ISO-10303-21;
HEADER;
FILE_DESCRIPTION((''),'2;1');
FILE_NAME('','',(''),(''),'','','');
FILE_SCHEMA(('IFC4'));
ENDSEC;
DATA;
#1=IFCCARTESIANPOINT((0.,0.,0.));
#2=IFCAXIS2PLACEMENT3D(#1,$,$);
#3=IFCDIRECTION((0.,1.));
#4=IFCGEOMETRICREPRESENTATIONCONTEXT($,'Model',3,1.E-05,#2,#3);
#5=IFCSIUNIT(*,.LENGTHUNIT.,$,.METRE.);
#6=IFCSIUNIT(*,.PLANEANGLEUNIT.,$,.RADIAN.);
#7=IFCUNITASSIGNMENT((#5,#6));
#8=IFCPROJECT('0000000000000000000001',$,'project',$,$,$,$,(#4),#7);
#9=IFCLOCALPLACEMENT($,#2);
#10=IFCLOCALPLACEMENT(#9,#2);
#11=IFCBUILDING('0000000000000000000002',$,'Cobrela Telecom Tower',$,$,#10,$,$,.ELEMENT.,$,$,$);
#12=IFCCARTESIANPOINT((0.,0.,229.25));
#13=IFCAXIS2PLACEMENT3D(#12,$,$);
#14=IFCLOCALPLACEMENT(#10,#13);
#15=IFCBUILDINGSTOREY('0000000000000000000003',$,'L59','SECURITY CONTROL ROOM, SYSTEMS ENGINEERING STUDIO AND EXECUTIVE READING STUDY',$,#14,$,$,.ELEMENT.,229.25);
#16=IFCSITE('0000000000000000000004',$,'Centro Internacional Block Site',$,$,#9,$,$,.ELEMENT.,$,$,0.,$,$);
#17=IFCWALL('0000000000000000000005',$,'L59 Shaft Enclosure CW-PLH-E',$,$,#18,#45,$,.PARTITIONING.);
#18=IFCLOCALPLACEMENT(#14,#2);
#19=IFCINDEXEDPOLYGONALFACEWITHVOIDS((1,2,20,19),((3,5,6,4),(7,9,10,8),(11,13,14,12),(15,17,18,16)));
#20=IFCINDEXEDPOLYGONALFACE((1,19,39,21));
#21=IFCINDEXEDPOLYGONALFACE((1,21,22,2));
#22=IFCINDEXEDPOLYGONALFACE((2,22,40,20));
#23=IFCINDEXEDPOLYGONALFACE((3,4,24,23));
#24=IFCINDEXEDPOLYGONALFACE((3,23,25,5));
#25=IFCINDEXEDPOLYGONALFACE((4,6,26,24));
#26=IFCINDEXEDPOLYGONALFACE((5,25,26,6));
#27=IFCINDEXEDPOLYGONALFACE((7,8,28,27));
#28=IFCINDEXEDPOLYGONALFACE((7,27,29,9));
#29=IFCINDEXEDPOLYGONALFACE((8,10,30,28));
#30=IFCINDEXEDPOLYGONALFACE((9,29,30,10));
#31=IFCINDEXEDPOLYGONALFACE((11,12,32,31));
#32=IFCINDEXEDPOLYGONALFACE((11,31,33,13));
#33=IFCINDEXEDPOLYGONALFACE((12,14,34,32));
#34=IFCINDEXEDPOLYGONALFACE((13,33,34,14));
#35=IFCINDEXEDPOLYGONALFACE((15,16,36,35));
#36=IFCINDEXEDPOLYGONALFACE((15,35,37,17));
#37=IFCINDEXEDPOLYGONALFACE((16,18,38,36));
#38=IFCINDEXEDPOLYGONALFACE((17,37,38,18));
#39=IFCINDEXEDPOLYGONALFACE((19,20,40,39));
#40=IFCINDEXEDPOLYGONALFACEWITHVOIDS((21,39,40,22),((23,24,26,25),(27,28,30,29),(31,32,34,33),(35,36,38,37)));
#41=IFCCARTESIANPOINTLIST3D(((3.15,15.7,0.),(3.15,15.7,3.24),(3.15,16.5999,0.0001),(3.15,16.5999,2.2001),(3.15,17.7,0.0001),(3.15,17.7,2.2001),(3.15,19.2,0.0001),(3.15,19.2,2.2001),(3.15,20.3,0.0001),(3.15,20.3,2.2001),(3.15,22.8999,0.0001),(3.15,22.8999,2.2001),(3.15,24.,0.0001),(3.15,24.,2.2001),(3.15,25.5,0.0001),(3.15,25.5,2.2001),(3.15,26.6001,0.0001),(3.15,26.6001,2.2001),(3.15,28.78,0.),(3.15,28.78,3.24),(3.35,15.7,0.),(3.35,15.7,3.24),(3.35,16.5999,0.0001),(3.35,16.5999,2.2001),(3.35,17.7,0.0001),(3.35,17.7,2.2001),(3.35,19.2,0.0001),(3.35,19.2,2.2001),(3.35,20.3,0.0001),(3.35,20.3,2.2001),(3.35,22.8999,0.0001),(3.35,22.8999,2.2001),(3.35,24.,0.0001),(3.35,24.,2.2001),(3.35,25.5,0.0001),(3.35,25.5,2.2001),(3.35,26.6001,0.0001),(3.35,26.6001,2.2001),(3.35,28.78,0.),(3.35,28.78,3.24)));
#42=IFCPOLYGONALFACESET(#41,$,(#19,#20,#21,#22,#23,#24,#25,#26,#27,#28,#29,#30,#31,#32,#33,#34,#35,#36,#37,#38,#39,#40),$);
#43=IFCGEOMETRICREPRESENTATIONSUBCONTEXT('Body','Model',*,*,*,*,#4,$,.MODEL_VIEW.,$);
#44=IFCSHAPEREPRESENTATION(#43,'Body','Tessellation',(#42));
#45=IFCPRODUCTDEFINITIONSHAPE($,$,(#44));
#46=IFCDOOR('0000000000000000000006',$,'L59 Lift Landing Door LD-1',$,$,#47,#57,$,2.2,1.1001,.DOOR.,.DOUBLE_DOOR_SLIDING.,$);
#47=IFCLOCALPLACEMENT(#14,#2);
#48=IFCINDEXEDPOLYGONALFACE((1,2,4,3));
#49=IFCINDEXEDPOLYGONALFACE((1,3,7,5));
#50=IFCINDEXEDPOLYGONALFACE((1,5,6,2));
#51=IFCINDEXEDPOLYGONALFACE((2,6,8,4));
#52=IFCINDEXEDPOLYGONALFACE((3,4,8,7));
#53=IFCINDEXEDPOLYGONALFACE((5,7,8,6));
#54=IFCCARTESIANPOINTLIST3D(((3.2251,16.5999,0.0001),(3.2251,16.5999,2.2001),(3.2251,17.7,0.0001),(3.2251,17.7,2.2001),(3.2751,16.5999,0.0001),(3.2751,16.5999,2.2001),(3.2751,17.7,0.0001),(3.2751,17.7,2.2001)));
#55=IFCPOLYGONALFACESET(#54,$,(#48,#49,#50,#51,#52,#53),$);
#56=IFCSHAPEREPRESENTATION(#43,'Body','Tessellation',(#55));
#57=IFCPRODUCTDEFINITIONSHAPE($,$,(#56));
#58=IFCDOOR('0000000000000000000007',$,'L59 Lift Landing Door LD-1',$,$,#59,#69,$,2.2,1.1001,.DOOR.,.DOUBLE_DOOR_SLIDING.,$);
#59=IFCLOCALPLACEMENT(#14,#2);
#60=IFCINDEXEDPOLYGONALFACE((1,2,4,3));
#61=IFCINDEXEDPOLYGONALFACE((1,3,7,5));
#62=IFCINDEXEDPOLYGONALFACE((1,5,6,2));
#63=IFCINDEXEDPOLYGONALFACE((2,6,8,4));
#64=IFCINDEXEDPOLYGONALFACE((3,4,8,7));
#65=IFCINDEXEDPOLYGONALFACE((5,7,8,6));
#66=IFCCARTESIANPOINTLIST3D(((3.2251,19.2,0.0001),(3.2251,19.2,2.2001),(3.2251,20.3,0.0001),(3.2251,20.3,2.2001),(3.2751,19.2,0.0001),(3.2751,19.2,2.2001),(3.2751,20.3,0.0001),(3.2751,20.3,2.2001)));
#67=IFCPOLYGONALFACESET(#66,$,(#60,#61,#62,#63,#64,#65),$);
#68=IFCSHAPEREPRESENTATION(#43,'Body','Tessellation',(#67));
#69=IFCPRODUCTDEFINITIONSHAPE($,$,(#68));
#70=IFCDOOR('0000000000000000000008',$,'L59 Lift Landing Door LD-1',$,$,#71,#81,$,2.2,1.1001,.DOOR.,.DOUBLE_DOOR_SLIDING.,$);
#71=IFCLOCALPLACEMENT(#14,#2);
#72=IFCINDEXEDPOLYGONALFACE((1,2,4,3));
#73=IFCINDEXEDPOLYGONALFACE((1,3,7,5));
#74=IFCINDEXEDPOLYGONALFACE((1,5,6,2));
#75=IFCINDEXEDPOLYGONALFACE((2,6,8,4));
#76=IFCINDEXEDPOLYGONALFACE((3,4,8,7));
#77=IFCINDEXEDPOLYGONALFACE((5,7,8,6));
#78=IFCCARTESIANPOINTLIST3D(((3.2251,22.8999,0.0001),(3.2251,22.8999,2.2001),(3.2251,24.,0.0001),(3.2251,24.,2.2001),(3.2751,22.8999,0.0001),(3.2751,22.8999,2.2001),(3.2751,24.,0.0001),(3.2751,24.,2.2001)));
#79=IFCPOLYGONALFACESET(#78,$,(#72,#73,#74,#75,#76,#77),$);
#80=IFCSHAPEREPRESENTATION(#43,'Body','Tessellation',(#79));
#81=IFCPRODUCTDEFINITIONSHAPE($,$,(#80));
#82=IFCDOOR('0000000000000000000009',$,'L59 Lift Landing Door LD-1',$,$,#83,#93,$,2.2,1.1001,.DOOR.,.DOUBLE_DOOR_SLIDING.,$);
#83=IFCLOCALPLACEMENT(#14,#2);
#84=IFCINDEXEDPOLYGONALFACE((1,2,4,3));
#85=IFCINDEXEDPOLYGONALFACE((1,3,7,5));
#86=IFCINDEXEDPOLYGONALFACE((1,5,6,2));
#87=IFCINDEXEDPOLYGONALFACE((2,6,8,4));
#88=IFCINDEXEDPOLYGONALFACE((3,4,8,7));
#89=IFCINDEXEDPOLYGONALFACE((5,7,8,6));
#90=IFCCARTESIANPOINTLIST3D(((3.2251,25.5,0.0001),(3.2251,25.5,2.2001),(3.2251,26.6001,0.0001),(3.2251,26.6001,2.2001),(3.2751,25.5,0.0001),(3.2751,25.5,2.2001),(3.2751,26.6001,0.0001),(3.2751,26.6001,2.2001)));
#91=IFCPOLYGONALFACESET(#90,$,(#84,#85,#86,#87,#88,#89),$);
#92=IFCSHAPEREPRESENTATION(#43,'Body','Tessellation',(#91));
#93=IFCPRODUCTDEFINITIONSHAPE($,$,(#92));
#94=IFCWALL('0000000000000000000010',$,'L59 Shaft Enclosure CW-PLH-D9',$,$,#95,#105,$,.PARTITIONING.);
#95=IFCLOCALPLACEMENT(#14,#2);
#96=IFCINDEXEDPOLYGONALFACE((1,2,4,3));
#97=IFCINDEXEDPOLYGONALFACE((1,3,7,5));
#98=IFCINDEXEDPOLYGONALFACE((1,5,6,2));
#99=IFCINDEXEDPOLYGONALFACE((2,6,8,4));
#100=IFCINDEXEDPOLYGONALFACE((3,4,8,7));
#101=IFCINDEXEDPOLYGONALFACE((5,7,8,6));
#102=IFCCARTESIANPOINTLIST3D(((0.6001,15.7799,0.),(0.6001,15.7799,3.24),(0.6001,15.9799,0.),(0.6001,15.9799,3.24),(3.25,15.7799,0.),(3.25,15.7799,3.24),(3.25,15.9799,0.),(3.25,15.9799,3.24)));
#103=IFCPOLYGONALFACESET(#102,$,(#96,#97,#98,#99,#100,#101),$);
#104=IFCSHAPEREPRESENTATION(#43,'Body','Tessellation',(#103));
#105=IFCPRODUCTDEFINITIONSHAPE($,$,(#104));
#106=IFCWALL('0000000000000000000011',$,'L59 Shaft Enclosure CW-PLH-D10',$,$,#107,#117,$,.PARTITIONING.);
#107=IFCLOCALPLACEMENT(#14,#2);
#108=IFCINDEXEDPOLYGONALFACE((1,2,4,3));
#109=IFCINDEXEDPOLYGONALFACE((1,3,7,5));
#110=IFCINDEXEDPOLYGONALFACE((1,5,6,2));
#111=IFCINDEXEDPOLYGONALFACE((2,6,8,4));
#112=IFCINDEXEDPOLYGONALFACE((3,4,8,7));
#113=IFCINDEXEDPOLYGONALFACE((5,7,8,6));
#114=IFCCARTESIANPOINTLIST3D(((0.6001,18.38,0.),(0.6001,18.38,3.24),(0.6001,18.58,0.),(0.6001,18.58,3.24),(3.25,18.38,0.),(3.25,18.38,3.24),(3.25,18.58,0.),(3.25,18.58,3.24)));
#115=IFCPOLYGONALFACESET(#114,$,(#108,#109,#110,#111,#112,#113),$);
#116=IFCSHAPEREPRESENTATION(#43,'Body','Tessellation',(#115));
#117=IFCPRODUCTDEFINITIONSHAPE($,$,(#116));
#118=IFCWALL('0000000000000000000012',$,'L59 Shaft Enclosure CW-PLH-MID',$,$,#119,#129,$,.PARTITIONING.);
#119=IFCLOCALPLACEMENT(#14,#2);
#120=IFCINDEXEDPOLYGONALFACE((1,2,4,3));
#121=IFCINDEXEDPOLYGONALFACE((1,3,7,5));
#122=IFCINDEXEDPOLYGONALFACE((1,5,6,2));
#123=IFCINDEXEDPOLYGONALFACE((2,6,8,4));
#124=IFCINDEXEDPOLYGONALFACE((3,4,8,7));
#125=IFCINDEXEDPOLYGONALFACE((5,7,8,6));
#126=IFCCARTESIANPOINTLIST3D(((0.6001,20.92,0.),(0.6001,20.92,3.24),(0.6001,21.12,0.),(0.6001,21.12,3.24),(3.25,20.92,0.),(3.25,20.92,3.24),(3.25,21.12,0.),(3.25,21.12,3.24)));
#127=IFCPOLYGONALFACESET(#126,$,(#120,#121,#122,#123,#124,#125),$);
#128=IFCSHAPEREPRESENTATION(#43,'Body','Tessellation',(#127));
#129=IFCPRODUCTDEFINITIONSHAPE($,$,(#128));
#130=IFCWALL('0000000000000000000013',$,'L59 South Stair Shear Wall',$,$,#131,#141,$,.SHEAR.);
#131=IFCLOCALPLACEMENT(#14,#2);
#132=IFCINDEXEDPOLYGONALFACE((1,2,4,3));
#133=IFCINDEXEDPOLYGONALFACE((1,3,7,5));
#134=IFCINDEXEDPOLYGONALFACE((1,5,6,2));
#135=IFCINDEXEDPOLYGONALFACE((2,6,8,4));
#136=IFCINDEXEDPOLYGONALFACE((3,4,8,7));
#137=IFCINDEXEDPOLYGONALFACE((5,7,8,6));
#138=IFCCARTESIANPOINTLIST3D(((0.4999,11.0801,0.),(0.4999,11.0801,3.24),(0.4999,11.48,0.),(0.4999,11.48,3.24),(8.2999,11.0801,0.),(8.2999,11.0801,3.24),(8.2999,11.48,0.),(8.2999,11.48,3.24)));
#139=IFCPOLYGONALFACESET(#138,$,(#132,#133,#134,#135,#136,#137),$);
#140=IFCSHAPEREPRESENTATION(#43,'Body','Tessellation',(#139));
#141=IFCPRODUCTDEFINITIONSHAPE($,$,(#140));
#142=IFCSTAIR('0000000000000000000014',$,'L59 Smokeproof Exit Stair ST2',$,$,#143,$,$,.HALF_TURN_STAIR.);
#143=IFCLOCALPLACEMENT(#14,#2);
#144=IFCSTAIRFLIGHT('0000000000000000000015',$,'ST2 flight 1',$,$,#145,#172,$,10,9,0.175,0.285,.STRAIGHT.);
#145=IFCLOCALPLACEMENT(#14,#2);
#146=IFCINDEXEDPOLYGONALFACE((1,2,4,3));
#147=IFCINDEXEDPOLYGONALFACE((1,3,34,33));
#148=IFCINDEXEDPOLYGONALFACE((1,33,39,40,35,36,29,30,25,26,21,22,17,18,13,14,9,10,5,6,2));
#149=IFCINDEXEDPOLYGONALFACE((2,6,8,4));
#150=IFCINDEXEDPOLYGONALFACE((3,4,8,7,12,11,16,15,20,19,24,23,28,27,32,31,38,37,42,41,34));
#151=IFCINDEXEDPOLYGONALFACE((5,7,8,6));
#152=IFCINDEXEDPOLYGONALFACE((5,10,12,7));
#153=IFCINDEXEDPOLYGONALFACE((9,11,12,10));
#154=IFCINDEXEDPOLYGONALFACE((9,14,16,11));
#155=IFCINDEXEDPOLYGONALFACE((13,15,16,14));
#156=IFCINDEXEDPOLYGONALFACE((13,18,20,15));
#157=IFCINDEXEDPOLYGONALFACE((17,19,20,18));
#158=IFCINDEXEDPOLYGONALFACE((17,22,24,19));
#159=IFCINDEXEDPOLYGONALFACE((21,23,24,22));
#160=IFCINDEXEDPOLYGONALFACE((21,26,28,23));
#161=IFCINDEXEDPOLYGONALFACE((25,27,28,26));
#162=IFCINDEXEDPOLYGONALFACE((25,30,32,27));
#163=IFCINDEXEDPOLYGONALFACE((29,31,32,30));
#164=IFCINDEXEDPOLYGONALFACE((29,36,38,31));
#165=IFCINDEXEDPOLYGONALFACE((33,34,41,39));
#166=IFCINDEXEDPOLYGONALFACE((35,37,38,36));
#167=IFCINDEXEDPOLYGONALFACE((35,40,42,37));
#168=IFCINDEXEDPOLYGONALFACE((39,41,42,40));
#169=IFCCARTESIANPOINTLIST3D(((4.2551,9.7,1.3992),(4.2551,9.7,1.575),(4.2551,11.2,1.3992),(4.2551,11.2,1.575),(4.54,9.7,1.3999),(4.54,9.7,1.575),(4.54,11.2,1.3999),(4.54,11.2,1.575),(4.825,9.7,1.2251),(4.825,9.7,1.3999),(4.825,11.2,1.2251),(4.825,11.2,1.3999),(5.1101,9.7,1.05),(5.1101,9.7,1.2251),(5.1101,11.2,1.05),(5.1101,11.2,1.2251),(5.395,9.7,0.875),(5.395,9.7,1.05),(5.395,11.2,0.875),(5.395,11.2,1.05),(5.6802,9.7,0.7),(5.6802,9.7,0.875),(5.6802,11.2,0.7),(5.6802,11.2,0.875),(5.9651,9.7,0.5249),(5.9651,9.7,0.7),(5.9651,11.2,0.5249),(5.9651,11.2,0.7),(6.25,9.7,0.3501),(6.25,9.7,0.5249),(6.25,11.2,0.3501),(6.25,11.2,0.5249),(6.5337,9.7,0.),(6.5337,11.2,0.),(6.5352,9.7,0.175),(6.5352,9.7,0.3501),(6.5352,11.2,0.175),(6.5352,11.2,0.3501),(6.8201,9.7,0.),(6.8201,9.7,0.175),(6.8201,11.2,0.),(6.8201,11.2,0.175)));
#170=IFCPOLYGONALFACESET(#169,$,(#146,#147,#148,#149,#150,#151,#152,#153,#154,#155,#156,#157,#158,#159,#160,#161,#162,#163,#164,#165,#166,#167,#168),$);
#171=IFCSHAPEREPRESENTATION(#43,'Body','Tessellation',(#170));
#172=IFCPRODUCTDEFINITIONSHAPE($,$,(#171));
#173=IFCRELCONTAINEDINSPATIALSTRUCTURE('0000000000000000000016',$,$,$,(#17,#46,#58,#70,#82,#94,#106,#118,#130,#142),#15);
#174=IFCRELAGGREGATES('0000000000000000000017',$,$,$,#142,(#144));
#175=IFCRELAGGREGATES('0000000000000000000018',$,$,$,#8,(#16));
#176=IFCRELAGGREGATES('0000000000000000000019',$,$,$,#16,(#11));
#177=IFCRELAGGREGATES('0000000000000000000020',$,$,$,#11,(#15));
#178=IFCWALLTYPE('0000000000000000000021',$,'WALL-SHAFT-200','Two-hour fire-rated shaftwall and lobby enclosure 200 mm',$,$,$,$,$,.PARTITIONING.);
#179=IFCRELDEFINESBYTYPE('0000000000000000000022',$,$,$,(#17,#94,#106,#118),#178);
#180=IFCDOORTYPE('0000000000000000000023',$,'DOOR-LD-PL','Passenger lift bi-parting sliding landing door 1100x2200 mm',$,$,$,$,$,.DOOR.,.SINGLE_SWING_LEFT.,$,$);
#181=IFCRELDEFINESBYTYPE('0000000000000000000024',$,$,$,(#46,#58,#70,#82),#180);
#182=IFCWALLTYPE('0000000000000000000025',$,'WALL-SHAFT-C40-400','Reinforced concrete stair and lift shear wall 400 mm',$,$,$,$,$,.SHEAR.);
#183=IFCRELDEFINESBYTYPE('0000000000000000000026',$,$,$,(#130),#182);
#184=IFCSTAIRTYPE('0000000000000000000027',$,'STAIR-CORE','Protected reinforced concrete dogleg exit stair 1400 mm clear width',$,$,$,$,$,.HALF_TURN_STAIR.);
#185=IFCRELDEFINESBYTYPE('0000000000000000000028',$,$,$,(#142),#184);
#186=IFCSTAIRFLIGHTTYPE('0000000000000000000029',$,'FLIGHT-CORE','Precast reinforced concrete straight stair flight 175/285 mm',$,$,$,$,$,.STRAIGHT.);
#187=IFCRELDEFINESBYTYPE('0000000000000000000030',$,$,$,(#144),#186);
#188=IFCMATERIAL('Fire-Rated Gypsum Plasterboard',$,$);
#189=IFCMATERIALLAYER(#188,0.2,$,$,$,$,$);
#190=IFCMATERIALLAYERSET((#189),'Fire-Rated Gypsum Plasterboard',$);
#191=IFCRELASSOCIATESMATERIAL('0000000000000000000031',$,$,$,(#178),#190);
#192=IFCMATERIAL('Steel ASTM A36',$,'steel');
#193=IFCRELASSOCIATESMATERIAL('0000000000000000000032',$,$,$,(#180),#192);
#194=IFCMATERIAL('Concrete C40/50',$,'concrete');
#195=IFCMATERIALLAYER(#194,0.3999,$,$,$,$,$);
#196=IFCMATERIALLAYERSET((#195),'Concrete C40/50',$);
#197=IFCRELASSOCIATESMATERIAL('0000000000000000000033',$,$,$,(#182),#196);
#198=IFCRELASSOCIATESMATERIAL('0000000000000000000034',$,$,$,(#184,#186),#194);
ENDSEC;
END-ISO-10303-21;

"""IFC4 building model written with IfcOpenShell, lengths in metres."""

from ifc_helpers import new_model, si_unit, direction, frame, frame_2d, origin, place, context, subcontext, project, spatial, polyline, rectangle, outline, extrude, material, layer, layer_set, type_object, element, fill, aggregate, save


model = new_model("IFC4")

# Units and contexts
model_context = context("Model", 3, precision=1e-05, world=origin(), true_north=direction((0.0, 1.0)))
body_context = subcontext(model_context, "Body", "Model", "MODEL_VIEW")
ifc_project = project(units=[si_unit("LENGTHUNIT", "METRE"), si_unit("PLANEANGLEUNIT", "RADIAN")], contexts=[model_context])

# Site, building, storey
site_placement = place(None, origin())
site = spatial("IfcSite", under=ifc_project, at=site_placement, Name="Centro Internacional Block Site", CompositionType="ELEMENT", RefElevation=0.0)
building_placement = place(site_placement, origin())
building = spatial("IfcBuilding", under=site, at=building_placement, Name="Cobrela Telecom Tower", CompositionType="ELEMENT")
storey_placement = place(building_placement, frame((0.0, 0.0, 229.25)))
storey = spatial("IfcBuildingStorey", under=building, at=storey_placement, Name="L59", Description="SECURITY CONTROL ROOM, SYSTEMS ENGINEERING STUDIO AND EXECUTIVE READING STUDY", CompositionType="ELEMENT", Elevation=229.25)

# Shared definitions
ifc_material_1 = material(Name="Fire-Rated Gypsum Plasterboard")

# Wall, openings, doors
ifc_layer_1 = layer(ifc_material_1, 0.2)
ifc_layer_set_1 = layer_set([ifc_layer_1], Name="Fire-Rated Gypsum Plasterboard")
wall_type_1 = type_object("IfcWallType", Name="WALL-SHAFT-200", Description="Two-hour fire-rated shaftwall and lobby enclosure 200 mm", PredefinedType="PARTITIONING", material=ifc_layer_set_1)
wall_1_placement = place(storey_placement, frame((3.25, 15.7, 0.0), z_axis=(0.0, 0.0, 1.0), x_axis=(0.0, 1.0, 0.0)))
wall_1 = element("IfcWall", 1, at=wall_1_placement, inside=storey, type_object=wall_type_1, Name="L59 Shaft Enclosure CW-PLH-E", PredefinedType="PARTITIONING", context=body_context, shape_type="SweptSolid", body=[
    extrude(rectangle(XDim=13.0801, YDim=0.2, at=frame_2d((6.54, 0.0))), origin(), (0.0, 0.0, 1.0), 3.24),
])
opening_1_placement = place(wall_1_placement, frame((0.8999, 0.0, 0.0)))
opening_1 = element("IfcOpeningElement", 2, at=opening_1_placement, cuts=wall_1, PredefinedType="OPENING", context=body_context, shape_type="SweptSolid", body=[
    extrude(rectangle(XDim=1.1001, YDim=2.2, at=frame_2d((0.55, 1.1001))), frame((0.0, 0.1118, 0.0), z_axis=(0.0, -1.0, 0.0), x_axis=(1.0, 0.0, 0.0)), (0.0, 0.0, 1.0), 0.2239),
])
opening_2_placement = place(wall_1_placement, frame((3.5, 0.0, 0.0)))
opening_2 = element("IfcOpeningElement", 3, at=opening_2_placement, cuts=wall_1, PredefinedType="OPENING", context=body_context, shape_type="SweptSolid", body=[
    extrude(rectangle(XDim=1.1001, YDim=2.2, at=frame_2d((0.55, 1.1001))), frame((0.0, 0.1118, 0.0), z_axis=(0.0, -1.0, 0.0), x_axis=(1.0, 0.0, 0.0)), (0.0, 0.0, 1.0), 0.2239),
])
opening_3_placement = place(wall_1_placement, frame((7.2, 0.0, 0.0)))
opening_3 = element("IfcOpeningElement", 4, at=opening_3_placement, cuts=wall_1, PredefinedType="OPENING", context=body_context, shape_type="SweptSolid", body=[
    extrude(rectangle(XDim=1.1001, YDim=2.2, at=frame_2d((0.55, 1.1001))), frame((0.0, 0.1118, 0.0), z_axis=(0.0, -1.0, 0.0), x_axis=(1.0, 0.0, 0.0)), (0.0, 0.0, 1.0), 0.2239),
])
opening_4_placement = place(wall_1_placement, frame((9.8, 0.0, 0.0)))
opening_4 = element("IfcOpeningElement", 5, at=opening_4_placement, cuts=wall_1, PredefinedType="OPENING", context=body_context, shape_type="SweptSolid", body=[
    extrude(rectangle(XDim=1.1001, YDim=2.2, at=frame_2d((0.55, 1.1001))), frame((0.0, 0.1118, 0.0), z_axis=(0.0, -1.0, 0.0), x_axis=(1.0, 0.0, 0.0)), (0.0, 0.0, 1.0), 0.2239),
])
ifc_material_2 = material(Name="Steel ASTM A36", Category="steel")
door_type_1 = type_object("IfcDoorType", Name="DOOR-LD-PL", Description="Passenger lift bi-parting sliding landing door 1100x2200 mm", OperationType="SINGLE_SWING_LEFT", PredefinedType="DOOR", material=ifc_material_2)
door_1_placement = place(opening_1_placement, origin())
door_1 = element("IfcDoor", 6, at=door_1_placement, inside=storey, type_object=door_type_1, Name="L59 Lift Landing Door LD-1", OperationType="DOUBLE_DOOR_SLIDING", OverallHeight=2.2, OverallWidth=1.1001, PredefinedType="DOOR", context=body_context, shape_type="SweptSolid", body=[
    extrude(rectangle(XDim=1.1001, YDim=2.2, at=frame_2d((0.55, 1.1001))), frame((0.0, 0.0249, 0.0), z_axis=(0.0, -1.0, 0.0), x_axis=(1.0, 0.0, 0.0)), (0.0, 0.0, 1.0), 0.05),
])
fill(opening_1, door_1)
door_2_placement = place(opening_2_placement, origin())
door_2 = element("IfcDoor", 7, at=door_2_placement, inside=storey, type_object=door_type_1, Name="L59 Lift Landing Door LD-1", OperationType="DOUBLE_DOOR_SLIDING", OverallHeight=2.2, OverallWidth=1.1001, PredefinedType="DOOR", context=body_context, shape_type="SweptSolid", body=[
    extrude(rectangle(XDim=1.1001, YDim=2.2, at=frame_2d((0.55, 1.1001))), frame((0.0, 0.0249, 0.0), z_axis=(0.0, -1.0, 0.0), x_axis=(1.0, 0.0, 0.0)), (0.0, 0.0, 1.0), 0.05),
])
fill(opening_2, door_2)
door_3_placement = place(opening_3_placement, origin())
door_3 = element("IfcDoor", 8, at=door_3_placement, inside=storey, type_object=door_type_1, Name="L59 Lift Landing Door LD-1", OperationType="DOUBLE_DOOR_SLIDING", OverallHeight=2.2, OverallWidth=1.1001, PredefinedType="DOOR", context=body_context, shape_type="SweptSolid", body=[
    extrude(rectangle(XDim=1.1001, YDim=2.2, at=frame_2d((0.55, 1.1001))), frame((0.0, 0.0249, 0.0), z_axis=(0.0, -1.0, 0.0), x_axis=(1.0, 0.0, 0.0)), (0.0, 0.0, 1.0), 0.05),
])
fill(opening_3, door_3)
door_4_placement = place(opening_4_placement, origin())
door_4 = element("IfcDoor", 9, at=door_4_placement, inside=storey, type_object=door_type_1, Name="L59 Lift Landing Door LD-1", OperationType="DOUBLE_DOOR_SLIDING", OverallHeight=2.2, OverallWidth=1.1001, PredefinedType="DOOR", context=body_context, shape_type="SweptSolid", body=[
    extrude(rectangle(XDim=1.1001, YDim=2.2, at=frame_2d((0.55, 1.1001))), frame((0.0, 0.0249, 0.0), z_axis=(0.0, -1.0, 0.0), x_axis=(1.0, 0.0, 0.0)), (0.0, 0.0, 1.0), 0.05),
])
fill(opening_4, door_4)

# Walls
for number, where, z_axis, x_axis, name in (
    (10, (0.6001, 15.8799, 0.0), (0.0, 0.0, 1.0), (1.0, 0.0, 0.0), "L59 Shaft Enclosure CW-PLH-D9"),
    (11, (0.6001, 18.48, 0.0), (0.0, 0.0, 1.0), (1.0, 0.0, 0.0), "L59 Shaft Enclosure CW-PLH-D10"),
    (12, (0.6001, 21.02, 0.0), (0.0, 0.0, 1.0), (1.0, 0.0, 0.0), "L59 Shaft Enclosure CW-PLH-MID"),
):
    element("IfcWall", number, at=place(storey_placement, frame(where, z_axis=z_axis, x_axis=x_axis)), inside=storey, type_object=wall_type_1, Name=name, PredefinedType="PARTITIONING", context=body_context, shape_type="SweptSolid", body=[
        extrude(rectangle(XDim=2.6499, YDim=0.2, at=frame_2d((1.325, 0.0))), origin(), (0.0, 0.0, 1.0), 3.24),
    ])
ifc_material_3 = material(Name="Concrete C40/50", Category="concrete")
ifc_layer_2 = layer(ifc_material_3, 0.3999)
ifc_layer_set_2 = layer_set([ifc_layer_2], Name="Concrete C40/50")
wall_type_2 = type_object("IfcWallType", Name="WALL-SHAFT-C40-400", Description="Reinforced concrete stair and lift shear wall 400 mm", PredefinedType="SHEAR", material=ifc_layer_set_2)
wall_2_placement = place(storey_placement, frame((0.5, 11.28, 0.0), z_axis=(0.0, 0.0, 1.0), x_axis=(1.0, 0.0, 0.0)))
element("IfcWall", 13, at=wall_2_placement, inside=storey, type_object=wall_type_2, Name="L59 South Stair Shear Wall", PredefinedType="SHEAR", context=body_context, shape_type="SweptSolid", body=[
    extrude(rectangle(XDim=7.8, YDim=0.3999, at=frame_2d((3.8999, 0.0))), origin(), (0.0, 0.0, 1.0), 3.24),
])

# Stair, stair flight
stair_type = type_object("IfcStairType", Name="STAIR-CORE", Description="Protected reinforced concrete dogleg exit stair 1400 mm clear width", PredefinedType="HALF_TURN_STAIR", material=ifc_material_3)
stair_placement = place(storey_placement, origin())
stair = element("IfcStair", 14, at=stair_placement, inside=storey, type_object=stair_type, Name="L59 Smokeproof Exit Stair ST2", PredefinedType="HALF_TURN_STAIR")
stair_flight_type = type_object("IfcStairFlightType", Name="FLIGHT-CORE", Description="Precast reinforced concrete straight stair flight 175/285 mm", PredefinedType="STRAIGHT", material=ifc_material_3)
stair_flight_1_placement = place(storey_placement, frame((6.8201, 10.45, 0.0), z_axis=(0.0, 0.0, 1.0), x_axis=(-1.0, 0.0, 0.0)))
stair_flight_1 = element("IfcStairFlight", 15, at=stair_flight_1_placement, type_object=stair_flight_type, Name="ST2 flight 1", NumberOfRisers=10, NumberOfTreads=9, PredefinedType="STRAIGHT", RiserHeight=0.175, TreadLength=0.285, context=body_context, shape_type="SweptSolid", body=[
    extrude(outline(polyline([(0.0, 0.0), (0.0, 0.175), (0.2849, 0.175), (0.2849, 0.3501), (0.5701, 0.3501), (0.5701, 0.5249), (0.855, 0.5249), (0.855, 0.7), (1.1399, 0.7), (1.1399, 0.875), (1.425, 0.875), (1.425, 1.05), (1.71, 1.05), (1.71, 1.2251), (1.9951, 1.2251), (1.9951, 1.3999), (2.28, 1.3999), (2.28, 1.575), (2.5649, 1.575), (2.5649, 1.75), (2.5649, 1.3992), (0.2864, 0.0), (0.0, 0.0)])), frame((0.0, 0.75, 0.0), z_axis=(0.0, -1.0, 0.0), x_axis=(1.0, 0.0, 0.0)), (0.0, 0.0, 1.0), 1.5),
])
aggregate(stair, [stair_flight_1])

save(model, "model.ifc")
